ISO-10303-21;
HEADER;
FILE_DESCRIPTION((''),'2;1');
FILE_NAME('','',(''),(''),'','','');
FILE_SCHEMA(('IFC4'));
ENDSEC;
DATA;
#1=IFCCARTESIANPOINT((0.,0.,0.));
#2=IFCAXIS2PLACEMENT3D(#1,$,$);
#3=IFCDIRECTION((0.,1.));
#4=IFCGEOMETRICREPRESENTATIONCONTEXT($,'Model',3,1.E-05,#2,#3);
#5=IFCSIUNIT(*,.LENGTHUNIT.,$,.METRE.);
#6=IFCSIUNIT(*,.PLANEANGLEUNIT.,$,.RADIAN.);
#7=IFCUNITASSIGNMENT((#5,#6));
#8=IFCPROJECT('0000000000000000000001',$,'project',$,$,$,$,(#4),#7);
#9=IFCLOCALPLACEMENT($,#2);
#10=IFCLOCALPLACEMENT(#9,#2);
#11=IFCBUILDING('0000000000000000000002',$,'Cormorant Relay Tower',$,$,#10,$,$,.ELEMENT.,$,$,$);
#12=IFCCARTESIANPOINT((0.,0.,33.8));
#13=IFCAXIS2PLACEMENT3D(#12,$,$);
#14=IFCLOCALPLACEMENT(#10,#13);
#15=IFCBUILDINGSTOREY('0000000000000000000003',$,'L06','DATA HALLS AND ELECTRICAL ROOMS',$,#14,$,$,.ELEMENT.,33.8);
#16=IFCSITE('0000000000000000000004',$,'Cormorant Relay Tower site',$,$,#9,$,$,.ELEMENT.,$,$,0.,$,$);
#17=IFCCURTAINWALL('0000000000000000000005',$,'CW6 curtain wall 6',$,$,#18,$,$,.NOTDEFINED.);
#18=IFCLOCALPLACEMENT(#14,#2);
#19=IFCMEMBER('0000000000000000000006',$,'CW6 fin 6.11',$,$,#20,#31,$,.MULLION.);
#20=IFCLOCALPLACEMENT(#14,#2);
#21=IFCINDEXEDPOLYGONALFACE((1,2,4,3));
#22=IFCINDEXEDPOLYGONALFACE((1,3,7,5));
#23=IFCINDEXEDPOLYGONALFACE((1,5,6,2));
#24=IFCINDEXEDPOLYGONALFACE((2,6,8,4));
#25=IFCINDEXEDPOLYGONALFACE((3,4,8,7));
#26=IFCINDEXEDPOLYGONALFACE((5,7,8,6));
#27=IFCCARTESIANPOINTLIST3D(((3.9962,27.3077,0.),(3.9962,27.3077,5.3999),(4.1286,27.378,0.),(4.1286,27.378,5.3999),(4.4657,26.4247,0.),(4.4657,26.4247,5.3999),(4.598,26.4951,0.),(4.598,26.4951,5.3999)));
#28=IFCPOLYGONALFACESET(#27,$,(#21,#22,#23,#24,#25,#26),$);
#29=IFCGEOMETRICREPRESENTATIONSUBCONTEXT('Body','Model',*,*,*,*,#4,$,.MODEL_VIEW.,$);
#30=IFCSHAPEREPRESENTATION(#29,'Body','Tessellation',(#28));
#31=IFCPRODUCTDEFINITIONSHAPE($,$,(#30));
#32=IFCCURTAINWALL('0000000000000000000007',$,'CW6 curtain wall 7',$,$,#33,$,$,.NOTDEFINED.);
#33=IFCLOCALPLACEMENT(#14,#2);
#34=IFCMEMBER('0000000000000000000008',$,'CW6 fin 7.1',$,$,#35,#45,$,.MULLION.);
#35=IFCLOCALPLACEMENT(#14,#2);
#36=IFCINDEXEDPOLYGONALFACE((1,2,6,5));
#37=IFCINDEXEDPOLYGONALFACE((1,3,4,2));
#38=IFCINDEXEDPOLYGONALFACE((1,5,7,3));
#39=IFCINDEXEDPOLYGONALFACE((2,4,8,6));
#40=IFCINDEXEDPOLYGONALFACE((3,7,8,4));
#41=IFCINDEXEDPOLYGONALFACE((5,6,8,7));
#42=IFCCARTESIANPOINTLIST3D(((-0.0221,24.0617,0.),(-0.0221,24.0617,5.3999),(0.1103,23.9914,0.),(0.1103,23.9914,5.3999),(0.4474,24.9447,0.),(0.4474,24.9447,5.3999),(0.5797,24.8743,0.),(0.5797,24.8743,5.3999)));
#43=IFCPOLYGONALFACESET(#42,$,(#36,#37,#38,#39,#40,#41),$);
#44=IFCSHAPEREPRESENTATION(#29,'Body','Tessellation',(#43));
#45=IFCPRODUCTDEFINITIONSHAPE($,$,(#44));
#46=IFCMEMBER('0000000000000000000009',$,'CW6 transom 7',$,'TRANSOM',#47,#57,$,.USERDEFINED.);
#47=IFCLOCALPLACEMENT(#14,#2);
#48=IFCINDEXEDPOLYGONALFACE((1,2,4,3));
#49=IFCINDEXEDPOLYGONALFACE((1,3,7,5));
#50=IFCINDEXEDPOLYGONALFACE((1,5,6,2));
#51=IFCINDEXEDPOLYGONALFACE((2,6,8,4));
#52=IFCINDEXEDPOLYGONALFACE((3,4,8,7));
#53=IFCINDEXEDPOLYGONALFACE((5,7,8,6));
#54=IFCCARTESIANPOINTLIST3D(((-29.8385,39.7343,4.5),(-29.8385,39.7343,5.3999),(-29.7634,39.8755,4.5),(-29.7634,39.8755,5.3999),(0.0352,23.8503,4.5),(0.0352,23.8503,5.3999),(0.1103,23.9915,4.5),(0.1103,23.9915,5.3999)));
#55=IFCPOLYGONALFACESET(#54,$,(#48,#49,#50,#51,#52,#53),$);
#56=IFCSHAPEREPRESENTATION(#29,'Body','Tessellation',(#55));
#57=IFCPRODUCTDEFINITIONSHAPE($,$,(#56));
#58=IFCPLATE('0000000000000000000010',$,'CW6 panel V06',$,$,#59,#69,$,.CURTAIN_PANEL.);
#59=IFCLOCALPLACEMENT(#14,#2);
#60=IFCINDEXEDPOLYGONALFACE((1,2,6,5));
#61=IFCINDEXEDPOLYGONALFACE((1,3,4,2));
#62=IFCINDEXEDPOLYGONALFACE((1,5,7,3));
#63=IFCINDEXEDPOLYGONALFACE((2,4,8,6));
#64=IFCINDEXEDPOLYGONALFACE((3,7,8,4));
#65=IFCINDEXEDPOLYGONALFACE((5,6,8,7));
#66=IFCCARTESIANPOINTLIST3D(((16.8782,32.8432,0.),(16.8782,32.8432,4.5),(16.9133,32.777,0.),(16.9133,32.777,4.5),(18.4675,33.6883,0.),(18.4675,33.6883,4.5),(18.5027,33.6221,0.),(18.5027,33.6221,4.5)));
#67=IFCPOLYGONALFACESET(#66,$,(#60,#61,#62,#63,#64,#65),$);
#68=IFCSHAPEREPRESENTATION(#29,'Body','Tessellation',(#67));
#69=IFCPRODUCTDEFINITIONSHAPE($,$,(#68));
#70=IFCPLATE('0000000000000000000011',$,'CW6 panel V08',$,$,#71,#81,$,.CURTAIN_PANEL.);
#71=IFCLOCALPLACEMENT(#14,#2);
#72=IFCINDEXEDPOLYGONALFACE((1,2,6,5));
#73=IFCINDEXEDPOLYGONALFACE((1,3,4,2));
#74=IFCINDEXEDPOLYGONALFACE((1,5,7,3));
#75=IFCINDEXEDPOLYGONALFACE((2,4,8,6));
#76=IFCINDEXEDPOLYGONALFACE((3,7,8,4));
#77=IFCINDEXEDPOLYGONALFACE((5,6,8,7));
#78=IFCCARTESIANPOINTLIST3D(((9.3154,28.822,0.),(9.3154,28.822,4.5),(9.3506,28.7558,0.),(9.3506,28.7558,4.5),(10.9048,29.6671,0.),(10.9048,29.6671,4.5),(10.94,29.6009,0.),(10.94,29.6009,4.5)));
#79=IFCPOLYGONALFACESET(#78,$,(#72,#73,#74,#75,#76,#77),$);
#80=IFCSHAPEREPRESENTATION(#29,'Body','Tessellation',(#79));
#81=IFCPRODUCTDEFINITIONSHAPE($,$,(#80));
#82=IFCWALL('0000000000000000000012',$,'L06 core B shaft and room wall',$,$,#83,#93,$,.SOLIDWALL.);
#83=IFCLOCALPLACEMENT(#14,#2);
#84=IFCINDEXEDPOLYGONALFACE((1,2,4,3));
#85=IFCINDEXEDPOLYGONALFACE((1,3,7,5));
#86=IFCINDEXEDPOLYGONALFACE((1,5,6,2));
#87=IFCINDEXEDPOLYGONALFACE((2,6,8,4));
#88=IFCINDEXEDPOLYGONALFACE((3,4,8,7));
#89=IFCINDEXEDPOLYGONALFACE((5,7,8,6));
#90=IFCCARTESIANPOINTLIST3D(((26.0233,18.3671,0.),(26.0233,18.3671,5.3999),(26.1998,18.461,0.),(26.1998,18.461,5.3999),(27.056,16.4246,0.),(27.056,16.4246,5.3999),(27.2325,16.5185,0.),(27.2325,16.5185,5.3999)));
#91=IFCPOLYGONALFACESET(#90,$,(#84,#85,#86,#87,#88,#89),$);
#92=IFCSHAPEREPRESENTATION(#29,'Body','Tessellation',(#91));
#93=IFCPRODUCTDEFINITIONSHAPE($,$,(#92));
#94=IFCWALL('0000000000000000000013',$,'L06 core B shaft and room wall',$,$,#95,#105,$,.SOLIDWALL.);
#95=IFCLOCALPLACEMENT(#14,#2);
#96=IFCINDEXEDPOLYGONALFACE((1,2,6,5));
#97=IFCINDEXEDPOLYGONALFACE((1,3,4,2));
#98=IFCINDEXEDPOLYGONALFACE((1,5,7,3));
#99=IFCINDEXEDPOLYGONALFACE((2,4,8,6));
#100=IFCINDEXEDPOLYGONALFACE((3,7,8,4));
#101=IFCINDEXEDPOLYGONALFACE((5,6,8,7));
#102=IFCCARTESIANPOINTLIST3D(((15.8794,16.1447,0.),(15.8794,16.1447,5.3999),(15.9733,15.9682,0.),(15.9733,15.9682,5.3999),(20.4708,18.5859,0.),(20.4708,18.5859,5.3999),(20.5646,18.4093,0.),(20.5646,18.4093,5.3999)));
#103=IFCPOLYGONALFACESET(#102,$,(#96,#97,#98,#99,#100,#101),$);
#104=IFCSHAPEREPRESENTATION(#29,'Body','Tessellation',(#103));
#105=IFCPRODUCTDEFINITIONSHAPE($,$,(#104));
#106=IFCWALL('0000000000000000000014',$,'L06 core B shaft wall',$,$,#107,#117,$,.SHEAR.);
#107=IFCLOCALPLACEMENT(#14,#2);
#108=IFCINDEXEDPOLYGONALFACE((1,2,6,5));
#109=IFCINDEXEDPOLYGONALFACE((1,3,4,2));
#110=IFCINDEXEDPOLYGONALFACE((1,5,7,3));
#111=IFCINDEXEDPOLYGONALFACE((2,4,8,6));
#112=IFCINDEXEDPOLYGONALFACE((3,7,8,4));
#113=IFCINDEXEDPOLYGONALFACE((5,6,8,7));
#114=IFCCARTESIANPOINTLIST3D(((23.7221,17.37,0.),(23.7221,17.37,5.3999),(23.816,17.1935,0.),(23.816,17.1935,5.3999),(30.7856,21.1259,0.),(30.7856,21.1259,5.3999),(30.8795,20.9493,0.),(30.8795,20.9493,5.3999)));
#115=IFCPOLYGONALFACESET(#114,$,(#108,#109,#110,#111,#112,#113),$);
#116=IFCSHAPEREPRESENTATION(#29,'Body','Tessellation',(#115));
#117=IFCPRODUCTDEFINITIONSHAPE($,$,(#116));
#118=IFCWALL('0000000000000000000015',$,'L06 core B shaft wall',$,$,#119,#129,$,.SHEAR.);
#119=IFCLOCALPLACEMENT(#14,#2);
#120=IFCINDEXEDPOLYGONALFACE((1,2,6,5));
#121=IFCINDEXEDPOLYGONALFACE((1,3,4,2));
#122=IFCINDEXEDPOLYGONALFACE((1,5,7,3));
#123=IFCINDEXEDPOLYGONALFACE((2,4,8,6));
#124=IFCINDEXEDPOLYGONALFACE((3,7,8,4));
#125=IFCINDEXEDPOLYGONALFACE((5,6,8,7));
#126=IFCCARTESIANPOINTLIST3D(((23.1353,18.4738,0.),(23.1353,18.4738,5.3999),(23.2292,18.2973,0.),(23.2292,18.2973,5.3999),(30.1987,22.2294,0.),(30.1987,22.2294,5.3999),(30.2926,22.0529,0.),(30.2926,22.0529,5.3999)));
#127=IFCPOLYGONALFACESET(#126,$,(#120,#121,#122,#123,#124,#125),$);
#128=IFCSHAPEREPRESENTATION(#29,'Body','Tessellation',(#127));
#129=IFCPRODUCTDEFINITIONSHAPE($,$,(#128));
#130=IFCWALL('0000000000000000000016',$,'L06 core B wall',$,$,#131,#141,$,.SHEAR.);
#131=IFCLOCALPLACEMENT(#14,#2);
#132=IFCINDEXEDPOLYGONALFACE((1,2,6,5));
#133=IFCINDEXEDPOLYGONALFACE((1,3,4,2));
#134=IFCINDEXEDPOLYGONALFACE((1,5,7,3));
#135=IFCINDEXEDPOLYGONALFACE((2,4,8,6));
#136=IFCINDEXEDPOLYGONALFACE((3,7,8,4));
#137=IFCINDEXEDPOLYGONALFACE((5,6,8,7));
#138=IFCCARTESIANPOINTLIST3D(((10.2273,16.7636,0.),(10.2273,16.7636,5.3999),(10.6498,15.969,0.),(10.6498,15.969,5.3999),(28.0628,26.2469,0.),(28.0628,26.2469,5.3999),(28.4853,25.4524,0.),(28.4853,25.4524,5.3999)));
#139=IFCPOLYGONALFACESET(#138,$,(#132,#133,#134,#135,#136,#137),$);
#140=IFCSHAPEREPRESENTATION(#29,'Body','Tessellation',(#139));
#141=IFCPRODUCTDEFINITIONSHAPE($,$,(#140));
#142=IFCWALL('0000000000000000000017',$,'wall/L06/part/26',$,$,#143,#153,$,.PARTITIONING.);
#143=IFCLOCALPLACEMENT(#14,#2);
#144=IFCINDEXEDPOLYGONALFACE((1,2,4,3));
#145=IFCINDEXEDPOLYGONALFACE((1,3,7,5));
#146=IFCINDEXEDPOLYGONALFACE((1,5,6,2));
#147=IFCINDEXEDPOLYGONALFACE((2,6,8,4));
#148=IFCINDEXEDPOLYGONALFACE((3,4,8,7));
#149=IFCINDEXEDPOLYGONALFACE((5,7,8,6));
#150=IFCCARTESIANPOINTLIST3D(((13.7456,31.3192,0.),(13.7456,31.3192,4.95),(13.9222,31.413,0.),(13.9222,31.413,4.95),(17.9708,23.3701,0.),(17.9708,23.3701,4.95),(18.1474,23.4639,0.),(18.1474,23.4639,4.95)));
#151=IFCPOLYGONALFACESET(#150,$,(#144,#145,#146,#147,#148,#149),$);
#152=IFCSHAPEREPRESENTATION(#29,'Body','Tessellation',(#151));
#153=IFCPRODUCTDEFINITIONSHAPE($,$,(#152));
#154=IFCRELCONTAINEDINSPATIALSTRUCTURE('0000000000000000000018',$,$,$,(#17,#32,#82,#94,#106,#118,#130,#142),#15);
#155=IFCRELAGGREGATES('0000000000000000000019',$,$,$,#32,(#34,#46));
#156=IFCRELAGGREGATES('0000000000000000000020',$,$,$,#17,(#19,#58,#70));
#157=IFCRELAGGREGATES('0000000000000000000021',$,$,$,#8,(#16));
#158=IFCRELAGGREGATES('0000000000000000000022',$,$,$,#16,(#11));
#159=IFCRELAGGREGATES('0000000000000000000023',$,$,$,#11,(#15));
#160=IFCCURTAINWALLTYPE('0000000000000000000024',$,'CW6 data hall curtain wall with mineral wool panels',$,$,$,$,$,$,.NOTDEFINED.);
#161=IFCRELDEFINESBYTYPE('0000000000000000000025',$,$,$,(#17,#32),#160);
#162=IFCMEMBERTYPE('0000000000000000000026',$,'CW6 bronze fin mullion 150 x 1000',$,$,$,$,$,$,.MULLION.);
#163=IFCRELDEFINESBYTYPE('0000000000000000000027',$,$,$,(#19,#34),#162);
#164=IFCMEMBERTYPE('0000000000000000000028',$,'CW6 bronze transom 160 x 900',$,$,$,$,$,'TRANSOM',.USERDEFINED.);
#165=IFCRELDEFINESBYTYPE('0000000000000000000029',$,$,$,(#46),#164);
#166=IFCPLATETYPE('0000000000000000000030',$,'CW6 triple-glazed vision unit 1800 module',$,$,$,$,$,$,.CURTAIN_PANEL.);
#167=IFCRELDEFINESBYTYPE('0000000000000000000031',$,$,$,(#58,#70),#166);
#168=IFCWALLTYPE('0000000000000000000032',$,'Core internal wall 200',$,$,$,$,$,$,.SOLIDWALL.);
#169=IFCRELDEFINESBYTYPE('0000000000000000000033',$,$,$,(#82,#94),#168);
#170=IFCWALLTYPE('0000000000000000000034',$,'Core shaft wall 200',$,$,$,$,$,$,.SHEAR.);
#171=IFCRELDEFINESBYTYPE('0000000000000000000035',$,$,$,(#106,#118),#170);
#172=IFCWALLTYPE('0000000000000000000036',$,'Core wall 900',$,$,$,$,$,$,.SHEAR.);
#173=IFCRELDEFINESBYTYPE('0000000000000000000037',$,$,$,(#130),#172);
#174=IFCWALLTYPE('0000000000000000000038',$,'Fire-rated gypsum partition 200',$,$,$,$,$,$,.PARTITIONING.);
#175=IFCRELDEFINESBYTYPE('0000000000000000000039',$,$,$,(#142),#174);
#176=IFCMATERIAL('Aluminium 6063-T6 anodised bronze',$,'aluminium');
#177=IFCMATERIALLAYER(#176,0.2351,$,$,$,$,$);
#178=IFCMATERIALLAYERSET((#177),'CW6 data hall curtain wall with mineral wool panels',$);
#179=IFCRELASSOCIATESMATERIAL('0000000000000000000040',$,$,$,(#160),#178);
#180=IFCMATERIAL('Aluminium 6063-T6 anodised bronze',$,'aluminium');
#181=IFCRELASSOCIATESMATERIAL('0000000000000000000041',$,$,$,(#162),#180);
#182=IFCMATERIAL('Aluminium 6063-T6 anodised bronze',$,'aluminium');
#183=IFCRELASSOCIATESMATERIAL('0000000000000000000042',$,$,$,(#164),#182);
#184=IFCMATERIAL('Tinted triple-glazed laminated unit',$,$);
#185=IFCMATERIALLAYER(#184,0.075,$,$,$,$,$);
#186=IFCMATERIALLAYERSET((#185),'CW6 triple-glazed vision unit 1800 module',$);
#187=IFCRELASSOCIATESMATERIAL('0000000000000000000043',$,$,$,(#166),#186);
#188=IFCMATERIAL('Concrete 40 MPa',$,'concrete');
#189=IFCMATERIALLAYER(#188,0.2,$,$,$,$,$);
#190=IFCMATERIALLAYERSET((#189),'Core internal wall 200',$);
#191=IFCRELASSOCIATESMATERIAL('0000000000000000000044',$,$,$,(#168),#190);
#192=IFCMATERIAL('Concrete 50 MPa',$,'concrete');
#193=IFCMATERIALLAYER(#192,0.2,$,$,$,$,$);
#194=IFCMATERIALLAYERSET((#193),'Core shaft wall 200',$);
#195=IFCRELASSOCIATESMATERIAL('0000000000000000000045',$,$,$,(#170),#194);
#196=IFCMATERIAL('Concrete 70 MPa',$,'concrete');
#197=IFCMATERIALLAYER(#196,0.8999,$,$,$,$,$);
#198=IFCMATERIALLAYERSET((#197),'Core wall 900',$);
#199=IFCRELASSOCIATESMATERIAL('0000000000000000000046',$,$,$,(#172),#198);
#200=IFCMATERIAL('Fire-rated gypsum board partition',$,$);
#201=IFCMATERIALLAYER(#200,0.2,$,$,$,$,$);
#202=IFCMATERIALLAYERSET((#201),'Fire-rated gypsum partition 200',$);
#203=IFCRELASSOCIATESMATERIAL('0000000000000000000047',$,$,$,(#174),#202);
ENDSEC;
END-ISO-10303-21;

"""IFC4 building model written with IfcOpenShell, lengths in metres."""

from ifc_helpers import new_model, si_unit, direction, frame, frame_2d, origin, origin_2d, place, context, subcontext, project, spatial, rectangle, extrude, material, layer, layer_set, material_profile, profile_set, type_object, element, aggregate, save


model = new_model("IFC4")

# Units and contexts
model_context = context("Model", 3, precision=1e-05, world=origin(), true_north=direction((0.0, 1.0)))
body_context = subcontext(model_context, "Body", "Model", "MODEL_VIEW")
ifc_project = project(units=[si_unit("LENGTHUNIT", "METRE"), si_unit("PLANEANGLEUNIT", "RADIAN")], contexts=[model_context])

# Site, building, storey
site_placement = place(None, origin())
site = spatial("IfcSite", under=ifc_project, at=site_placement, Name="Cormorant Relay Tower site", CompositionType="ELEMENT", RefElevation=0.0)
building_placement = place(site_placement, origin())
building = spatial("IfcBuilding", under=site, at=building_placement, Name="Cormorant Relay Tower", CompositionType="ELEMENT")
storey_placement = place(building_placement, frame((0.0, 0.0, 33.8)))
storey = spatial("IfcBuildingStorey", under=building, at=storey_placement, Name="L06", Description="DATA HALLS AND ELECTRICAL ROOMS", CompositionType="ELEMENT", Elevation=33.8)

# Curtain walls, members
ifc_material_1 = material(Name="Aluminium 6063-T6 anodised bronze", Category="aluminium")
ifc_layer_1 = layer(ifc_material_1, 0.2351)
ifc_layer_set_1 = layer_set([ifc_layer_1], Name="CW6 data hall curtain wall with mineral wool panels")
curtain_wall_type = type_object("IfcCurtainWallType", Name="CW6 data hall curtain wall with mineral wool panels", PredefinedType="NOTDEFINED", material=ifc_layer_set_1)
curtain_wall_1_placement = place(storey_placement, origin())
curtain_wall_1 = element("IfcCurtainWall", 1, at=curtain_wall_1_placement, inside=storey, type_object=curtain_wall_type, Name="CW6 curtain wall 6", PredefinedType="NOTDEFINED")
ifc_material_2 = material(Name="Aluminium 6063-T6 anodised bronze", Category="aluminium")
ifc_material_profile_1 = material_profile(ifc_material_2, rectangle(XDim=0.1499, YDim=1.0, at=origin_2d()), Name="AL 150x1000")
ifc_profile_set_1 = profile_set([ifc_material_profile_1], Name="Aluminium 6063-T6 anodised bronze")
member_type_1 = type_object("IfcMemberType", Name="CW6 bronze fin mullion 150 x 1000", PredefinedType="MULLION", material=ifc_profile_set_1)
member_1_placement = place(storey_placement, frame((4.2971, 26.9014, 0.0), z_axis=(0.0, 0.0, 1.0), x_axis=(-0.882948, -0.469472, 0.0)))
member_1 = element("IfcMember", 2, at=member_1_placement, type_object=member_type_1, Name="CW6 fin 6.11", PredefinedType="MULLION", context=body_context, shape_type="SweptSolid", body=[
    extrude(rectangle(XDim=0.1499, YDim=1.0, at=origin_2d()), origin(), (0.0, 0.0, 1.0), 5.3999),
])
curtain_wall_2_placement = place(storey_placement, origin())
curtain_wall_2 = element("IfcCurtainWall", 3, at=curtain_wall_2_placement, inside=storey, type_object=curtain_wall_type, Name="CW6 curtain wall 7", PredefinedType="NOTDEFINED")
member_2_placement = place(storey_placement, frame((0.2788, 24.468, 0.0), z_axis=(0.0, 0.0, 1.0), x_axis=(-0.882948, 0.469472, 0.0)))
member_2 = element("IfcMember", 4, at=member_2_placement, type_object=member_type_1, Name="CW6 fin 7.1", PredefinedType="MULLION", context=body_context, shape_type="SweptSolid", body=[
    extrude(rectangle(XDim=0.1499, YDim=1.0, at=origin_2d()), origin(), (0.0, 0.0, 1.0), 5.3999),
])
ifc_material_3 = material(Name="Aluminium 6063-T6 anodised bronze", Category="aluminium")
ifc_material_profile_2 = material_profile(ifc_material_3, rectangle(XDim=0.1599, YDim=0.8999, at=origin_2d()), Name="AL 160x900")
ifc_profile_set_2 = profile_set([ifc_material_profile_2], Name="Aluminium 6063-T6 anodised bronze")
member_type_2 = type_object("IfcMemberType", Name="CW6 bronze transom 160 x 900", ElementType="TRANSOM", PredefinedType="USERDEFINED", material=ifc_profile_set_2)
member_3_placement = place(storey_placement, frame((0.0728, 23.9209, 4.95), z_axis=(-0.882949, 0.469468, 0.0), x_axis=(-0.469468, -0.882949, 0.0)))
member_3 = element("IfcMember", 5, at=member_3_placement, type_object=member_type_2, Name="CW6 transom 7", ObjectType="TRANSOM", PredefinedType="USERDEFINED", context=body_context, shape_type="SweptSolid", body=[
    extrude(rectangle(XDim=0.1599, YDim=0.8999, at=origin_2d()), origin(), (0.0, 0.0, 1.0), 33.834),
])
aggregate(curtain_wall_2, [member_2, member_3])

# Plates
ifc_material_4 = material(Name="Tinted triple-glazed laminated unit")
ifc_layer_2 = layer(ifc_material_4, 0.075)
ifc_layer_set_2 = layer_set([ifc_layer_2], Name="CW6 triple-glazed vision unit 1800 module")
plate_type = type_object("IfcPlateType", Name="CW6 triple-glazed vision unit 1800 module", PredefinedType="CURTAIN_PANEL", material=ifc_layer_set_2)
plate_1_placement = place(storey_placement, frame((17.6904, 33.2327, 0.0), z_axis=(0.0, 0.0, 1.0), x_axis=(-0.882948, -0.469472, 0.0)))
plate_1 = element("IfcPlate", 6, at=plate_1_placement, type_object=plate_type, Name="CW6 panel V06", PredefinedType="CURTAIN_PANEL", context=body_context, shape_type="SweptSolid", body=[
    extrude(rectangle(XDim=1.8, YDim=0.075, at=origin_2d()), origin(), (0.0, 0.0, 1.0), 4.5),
])
plate_2_placement = place(storey_placement, frame((10.1277, 29.2114, 0.0), z_axis=(0.0, 0.0, 1.0), x_axis=(-0.882948, -0.469472, 0.0)))
plate_2 = element("IfcPlate", 7, at=plate_2_placement, type_object=plate_type, Name="CW6 panel V08", PredefinedType="CURTAIN_PANEL", context=body_context, shape_type="SweptSolid", body=[
    extrude(rectangle(XDim=1.8, YDim=0.075, at=origin_2d()), origin(), (0.0, 0.0, 1.0), 4.5),
])

# Walls
ifc_material_5 = material(Name="Concrete 40 MPa", Category="concrete")
ifc_layer_3 = layer(ifc_material_5, 0.2)
ifc_layer_set_3 = layer_set([ifc_layer_3], Name="Core internal wall 200")
wall_type_1 = type_object("IfcWallType", Name="Core internal wall 200", PredefinedType="SOLIDWALL", material=ifc_layer_set_3)
wall_1_placement = place(storey_placement, frame((27.1443, 16.4714, 0.0), z_axis=(0.0, 0.0, 1.0), x_axis=(-0.469401, 0.882985, 0.0)))
element("IfcWall", 8, at=wall_1_placement, inside=storey, type_object=wall_type_1, Name="L06 core B shaft and room wall", PredefinedType="SOLIDWALL", context=body_context, shape_type="SweptSolid", body=[
    extrude(rectangle(XDim=2.2, YDim=0.2, at=frame_2d((1.1001, 0.0))), origin(), (0.0, 0.0, 1.0), 5.3999),
])
wall_2_placement = place(storey_placement, frame((15.9263, 16.0564, 0.0), z_axis=(0.0, 0.0, 1.0), x_axis=(0.882954, 0.46946, 0.0)))
element("IfcWall", 9, at=wall_2_placement, inside=storey, type_object=wall_type_1, Name="L06 core B shaft and room wall", PredefinedType="SOLIDWALL", context=body_context, shape_type="SweptSolid", body=[
    extrude(rectangle(XDim=5.2, YDim=0.2, at=frame_2d((2.6001, 0.0))), origin(), (0.0, 0.0, 1.0), 5.3999),
])
ifc_material_6 = material(Name="Concrete 50 MPa", Category="concrete")
ifc_layer_4 = layer(ifc_material_6, 0.2)
ifc_layer_set_4 = layer_set([ifc_layer_4], Name="Core shaft wall 200")
wall_type_2 = type_object("IfcWallType", Name="Core shaft wall 200", PredefinedType="SHEAR", material=ifc_layer_set_4)
wall_3_placement = place(storey_placement, frame((23.769, 17.2817, 0.0), z_axis=(0.0, 0.0, 1.0), x_axis=(0.88294, 0.469485, 0.0)))
element("IfcWall", 10, at=wall_3_placement, inside=storey, type_object=wall_type_2, Name="L06 core B shaft wall", PredefinedType="SHEAR", context=body_context, shape_type="SweptSolid", body=[
    extrude(rectangle(XDim=8.0, YDim=0.2, at=frame_2d((4.0, 0.0))), origin(), (0.0, 0.0, 1.0), 5.3999),
])
wall_4_placement = place(storey_placement, frame((23.1821, 18.3855, 0.0), z_axis=(0.0, 0.0, 1.0), x_axis=(0.882953, 0.469462, 0.0)))
element("IfcWall", 11, at=wall_4_placement, inside=storey, type_object=wall_type_2, Name="L06 core B shaft wall", PredefinedType="SHEAR", context=body_context, shape_type="SweptSolid", body=[
    extrude(rectangle(XDim=7.9998, YDim=0.2, at=frame_2d((4.0, 0.0))), origin(), (0.0, 0.0, 1.0), 5.3999),
])
ifc_material_7 = material(Name="Concrete 70 MPa", Category="concrete")
ifc_layer_5 = layer(ifc_material_7, 0.8999)
ifc_layer_set_5 = layer_set([ifc_layer_5], Name="Core wall 900")
wall_type_3 = type_object("IfcWallType", Name="Core wall 900", PredefinedType="SHEAR", material=ifc_layer_set_5)
wall_5_placement = place(storey_placement, frame((10.4385, 16.3662, 0.0), z_axis=(0.0, 0.0, 1.0), x_axis=(0.882945, 0.469476, 0.0)))
element("IfcWall", 12, at=wall_5_placement, inside=storey, type_object=wall_type_3, Name="L06 core B wall", PredefinedType="SHEAR", context=body_context, shape_type="SweptSolid", body=[
    extrude(rectangle(XDim=20.2, YDim=0.8999, at=frame_2d((10.1001, 0.0))), origin(), (0.0, 0.0, 1.0), 5.3999),
])
ifc_material_8 = material(Name="Fire-rated gypsum board partition")
ifc_layer_6 = layer(ifc_material_8, 0.2)
ifc_layer_set_6 = layer_set([ifc_layer_6], Name="Fire-rated gypsum partition 200")
wall_type_4 = type_object("IfcWallType", Name="Fire-rated gypsum partition 200", PredefinedType="PARTITIONING", material=ifc_layer_set_6)
wall_6_placement = place(storey_placement, frame((13.834, 31.366, 0.0), z_axis=(0.0, 0.0, 1.0), x_axis=(0.469346, -0.883014, 0.0)))
element("IfcWall", 13, at=wall_6_placement, inside=storey, type_object=wall_type_4, Name="wall/L06/part/26", PredefinedType="PARTITIONING", context=body_context, shape_type="SweptSolid", body=[
    extrude(rectangle(XDim=9.0022, YDim=0.2, at=frame_2d((4.501, 0.0))), origin(), (0.0, 0.0, 1.0), 4.95),
])

aggregate(curtain_wall_1, [member_1, plate_1, plate_2])

save(model, "model.ifc")
